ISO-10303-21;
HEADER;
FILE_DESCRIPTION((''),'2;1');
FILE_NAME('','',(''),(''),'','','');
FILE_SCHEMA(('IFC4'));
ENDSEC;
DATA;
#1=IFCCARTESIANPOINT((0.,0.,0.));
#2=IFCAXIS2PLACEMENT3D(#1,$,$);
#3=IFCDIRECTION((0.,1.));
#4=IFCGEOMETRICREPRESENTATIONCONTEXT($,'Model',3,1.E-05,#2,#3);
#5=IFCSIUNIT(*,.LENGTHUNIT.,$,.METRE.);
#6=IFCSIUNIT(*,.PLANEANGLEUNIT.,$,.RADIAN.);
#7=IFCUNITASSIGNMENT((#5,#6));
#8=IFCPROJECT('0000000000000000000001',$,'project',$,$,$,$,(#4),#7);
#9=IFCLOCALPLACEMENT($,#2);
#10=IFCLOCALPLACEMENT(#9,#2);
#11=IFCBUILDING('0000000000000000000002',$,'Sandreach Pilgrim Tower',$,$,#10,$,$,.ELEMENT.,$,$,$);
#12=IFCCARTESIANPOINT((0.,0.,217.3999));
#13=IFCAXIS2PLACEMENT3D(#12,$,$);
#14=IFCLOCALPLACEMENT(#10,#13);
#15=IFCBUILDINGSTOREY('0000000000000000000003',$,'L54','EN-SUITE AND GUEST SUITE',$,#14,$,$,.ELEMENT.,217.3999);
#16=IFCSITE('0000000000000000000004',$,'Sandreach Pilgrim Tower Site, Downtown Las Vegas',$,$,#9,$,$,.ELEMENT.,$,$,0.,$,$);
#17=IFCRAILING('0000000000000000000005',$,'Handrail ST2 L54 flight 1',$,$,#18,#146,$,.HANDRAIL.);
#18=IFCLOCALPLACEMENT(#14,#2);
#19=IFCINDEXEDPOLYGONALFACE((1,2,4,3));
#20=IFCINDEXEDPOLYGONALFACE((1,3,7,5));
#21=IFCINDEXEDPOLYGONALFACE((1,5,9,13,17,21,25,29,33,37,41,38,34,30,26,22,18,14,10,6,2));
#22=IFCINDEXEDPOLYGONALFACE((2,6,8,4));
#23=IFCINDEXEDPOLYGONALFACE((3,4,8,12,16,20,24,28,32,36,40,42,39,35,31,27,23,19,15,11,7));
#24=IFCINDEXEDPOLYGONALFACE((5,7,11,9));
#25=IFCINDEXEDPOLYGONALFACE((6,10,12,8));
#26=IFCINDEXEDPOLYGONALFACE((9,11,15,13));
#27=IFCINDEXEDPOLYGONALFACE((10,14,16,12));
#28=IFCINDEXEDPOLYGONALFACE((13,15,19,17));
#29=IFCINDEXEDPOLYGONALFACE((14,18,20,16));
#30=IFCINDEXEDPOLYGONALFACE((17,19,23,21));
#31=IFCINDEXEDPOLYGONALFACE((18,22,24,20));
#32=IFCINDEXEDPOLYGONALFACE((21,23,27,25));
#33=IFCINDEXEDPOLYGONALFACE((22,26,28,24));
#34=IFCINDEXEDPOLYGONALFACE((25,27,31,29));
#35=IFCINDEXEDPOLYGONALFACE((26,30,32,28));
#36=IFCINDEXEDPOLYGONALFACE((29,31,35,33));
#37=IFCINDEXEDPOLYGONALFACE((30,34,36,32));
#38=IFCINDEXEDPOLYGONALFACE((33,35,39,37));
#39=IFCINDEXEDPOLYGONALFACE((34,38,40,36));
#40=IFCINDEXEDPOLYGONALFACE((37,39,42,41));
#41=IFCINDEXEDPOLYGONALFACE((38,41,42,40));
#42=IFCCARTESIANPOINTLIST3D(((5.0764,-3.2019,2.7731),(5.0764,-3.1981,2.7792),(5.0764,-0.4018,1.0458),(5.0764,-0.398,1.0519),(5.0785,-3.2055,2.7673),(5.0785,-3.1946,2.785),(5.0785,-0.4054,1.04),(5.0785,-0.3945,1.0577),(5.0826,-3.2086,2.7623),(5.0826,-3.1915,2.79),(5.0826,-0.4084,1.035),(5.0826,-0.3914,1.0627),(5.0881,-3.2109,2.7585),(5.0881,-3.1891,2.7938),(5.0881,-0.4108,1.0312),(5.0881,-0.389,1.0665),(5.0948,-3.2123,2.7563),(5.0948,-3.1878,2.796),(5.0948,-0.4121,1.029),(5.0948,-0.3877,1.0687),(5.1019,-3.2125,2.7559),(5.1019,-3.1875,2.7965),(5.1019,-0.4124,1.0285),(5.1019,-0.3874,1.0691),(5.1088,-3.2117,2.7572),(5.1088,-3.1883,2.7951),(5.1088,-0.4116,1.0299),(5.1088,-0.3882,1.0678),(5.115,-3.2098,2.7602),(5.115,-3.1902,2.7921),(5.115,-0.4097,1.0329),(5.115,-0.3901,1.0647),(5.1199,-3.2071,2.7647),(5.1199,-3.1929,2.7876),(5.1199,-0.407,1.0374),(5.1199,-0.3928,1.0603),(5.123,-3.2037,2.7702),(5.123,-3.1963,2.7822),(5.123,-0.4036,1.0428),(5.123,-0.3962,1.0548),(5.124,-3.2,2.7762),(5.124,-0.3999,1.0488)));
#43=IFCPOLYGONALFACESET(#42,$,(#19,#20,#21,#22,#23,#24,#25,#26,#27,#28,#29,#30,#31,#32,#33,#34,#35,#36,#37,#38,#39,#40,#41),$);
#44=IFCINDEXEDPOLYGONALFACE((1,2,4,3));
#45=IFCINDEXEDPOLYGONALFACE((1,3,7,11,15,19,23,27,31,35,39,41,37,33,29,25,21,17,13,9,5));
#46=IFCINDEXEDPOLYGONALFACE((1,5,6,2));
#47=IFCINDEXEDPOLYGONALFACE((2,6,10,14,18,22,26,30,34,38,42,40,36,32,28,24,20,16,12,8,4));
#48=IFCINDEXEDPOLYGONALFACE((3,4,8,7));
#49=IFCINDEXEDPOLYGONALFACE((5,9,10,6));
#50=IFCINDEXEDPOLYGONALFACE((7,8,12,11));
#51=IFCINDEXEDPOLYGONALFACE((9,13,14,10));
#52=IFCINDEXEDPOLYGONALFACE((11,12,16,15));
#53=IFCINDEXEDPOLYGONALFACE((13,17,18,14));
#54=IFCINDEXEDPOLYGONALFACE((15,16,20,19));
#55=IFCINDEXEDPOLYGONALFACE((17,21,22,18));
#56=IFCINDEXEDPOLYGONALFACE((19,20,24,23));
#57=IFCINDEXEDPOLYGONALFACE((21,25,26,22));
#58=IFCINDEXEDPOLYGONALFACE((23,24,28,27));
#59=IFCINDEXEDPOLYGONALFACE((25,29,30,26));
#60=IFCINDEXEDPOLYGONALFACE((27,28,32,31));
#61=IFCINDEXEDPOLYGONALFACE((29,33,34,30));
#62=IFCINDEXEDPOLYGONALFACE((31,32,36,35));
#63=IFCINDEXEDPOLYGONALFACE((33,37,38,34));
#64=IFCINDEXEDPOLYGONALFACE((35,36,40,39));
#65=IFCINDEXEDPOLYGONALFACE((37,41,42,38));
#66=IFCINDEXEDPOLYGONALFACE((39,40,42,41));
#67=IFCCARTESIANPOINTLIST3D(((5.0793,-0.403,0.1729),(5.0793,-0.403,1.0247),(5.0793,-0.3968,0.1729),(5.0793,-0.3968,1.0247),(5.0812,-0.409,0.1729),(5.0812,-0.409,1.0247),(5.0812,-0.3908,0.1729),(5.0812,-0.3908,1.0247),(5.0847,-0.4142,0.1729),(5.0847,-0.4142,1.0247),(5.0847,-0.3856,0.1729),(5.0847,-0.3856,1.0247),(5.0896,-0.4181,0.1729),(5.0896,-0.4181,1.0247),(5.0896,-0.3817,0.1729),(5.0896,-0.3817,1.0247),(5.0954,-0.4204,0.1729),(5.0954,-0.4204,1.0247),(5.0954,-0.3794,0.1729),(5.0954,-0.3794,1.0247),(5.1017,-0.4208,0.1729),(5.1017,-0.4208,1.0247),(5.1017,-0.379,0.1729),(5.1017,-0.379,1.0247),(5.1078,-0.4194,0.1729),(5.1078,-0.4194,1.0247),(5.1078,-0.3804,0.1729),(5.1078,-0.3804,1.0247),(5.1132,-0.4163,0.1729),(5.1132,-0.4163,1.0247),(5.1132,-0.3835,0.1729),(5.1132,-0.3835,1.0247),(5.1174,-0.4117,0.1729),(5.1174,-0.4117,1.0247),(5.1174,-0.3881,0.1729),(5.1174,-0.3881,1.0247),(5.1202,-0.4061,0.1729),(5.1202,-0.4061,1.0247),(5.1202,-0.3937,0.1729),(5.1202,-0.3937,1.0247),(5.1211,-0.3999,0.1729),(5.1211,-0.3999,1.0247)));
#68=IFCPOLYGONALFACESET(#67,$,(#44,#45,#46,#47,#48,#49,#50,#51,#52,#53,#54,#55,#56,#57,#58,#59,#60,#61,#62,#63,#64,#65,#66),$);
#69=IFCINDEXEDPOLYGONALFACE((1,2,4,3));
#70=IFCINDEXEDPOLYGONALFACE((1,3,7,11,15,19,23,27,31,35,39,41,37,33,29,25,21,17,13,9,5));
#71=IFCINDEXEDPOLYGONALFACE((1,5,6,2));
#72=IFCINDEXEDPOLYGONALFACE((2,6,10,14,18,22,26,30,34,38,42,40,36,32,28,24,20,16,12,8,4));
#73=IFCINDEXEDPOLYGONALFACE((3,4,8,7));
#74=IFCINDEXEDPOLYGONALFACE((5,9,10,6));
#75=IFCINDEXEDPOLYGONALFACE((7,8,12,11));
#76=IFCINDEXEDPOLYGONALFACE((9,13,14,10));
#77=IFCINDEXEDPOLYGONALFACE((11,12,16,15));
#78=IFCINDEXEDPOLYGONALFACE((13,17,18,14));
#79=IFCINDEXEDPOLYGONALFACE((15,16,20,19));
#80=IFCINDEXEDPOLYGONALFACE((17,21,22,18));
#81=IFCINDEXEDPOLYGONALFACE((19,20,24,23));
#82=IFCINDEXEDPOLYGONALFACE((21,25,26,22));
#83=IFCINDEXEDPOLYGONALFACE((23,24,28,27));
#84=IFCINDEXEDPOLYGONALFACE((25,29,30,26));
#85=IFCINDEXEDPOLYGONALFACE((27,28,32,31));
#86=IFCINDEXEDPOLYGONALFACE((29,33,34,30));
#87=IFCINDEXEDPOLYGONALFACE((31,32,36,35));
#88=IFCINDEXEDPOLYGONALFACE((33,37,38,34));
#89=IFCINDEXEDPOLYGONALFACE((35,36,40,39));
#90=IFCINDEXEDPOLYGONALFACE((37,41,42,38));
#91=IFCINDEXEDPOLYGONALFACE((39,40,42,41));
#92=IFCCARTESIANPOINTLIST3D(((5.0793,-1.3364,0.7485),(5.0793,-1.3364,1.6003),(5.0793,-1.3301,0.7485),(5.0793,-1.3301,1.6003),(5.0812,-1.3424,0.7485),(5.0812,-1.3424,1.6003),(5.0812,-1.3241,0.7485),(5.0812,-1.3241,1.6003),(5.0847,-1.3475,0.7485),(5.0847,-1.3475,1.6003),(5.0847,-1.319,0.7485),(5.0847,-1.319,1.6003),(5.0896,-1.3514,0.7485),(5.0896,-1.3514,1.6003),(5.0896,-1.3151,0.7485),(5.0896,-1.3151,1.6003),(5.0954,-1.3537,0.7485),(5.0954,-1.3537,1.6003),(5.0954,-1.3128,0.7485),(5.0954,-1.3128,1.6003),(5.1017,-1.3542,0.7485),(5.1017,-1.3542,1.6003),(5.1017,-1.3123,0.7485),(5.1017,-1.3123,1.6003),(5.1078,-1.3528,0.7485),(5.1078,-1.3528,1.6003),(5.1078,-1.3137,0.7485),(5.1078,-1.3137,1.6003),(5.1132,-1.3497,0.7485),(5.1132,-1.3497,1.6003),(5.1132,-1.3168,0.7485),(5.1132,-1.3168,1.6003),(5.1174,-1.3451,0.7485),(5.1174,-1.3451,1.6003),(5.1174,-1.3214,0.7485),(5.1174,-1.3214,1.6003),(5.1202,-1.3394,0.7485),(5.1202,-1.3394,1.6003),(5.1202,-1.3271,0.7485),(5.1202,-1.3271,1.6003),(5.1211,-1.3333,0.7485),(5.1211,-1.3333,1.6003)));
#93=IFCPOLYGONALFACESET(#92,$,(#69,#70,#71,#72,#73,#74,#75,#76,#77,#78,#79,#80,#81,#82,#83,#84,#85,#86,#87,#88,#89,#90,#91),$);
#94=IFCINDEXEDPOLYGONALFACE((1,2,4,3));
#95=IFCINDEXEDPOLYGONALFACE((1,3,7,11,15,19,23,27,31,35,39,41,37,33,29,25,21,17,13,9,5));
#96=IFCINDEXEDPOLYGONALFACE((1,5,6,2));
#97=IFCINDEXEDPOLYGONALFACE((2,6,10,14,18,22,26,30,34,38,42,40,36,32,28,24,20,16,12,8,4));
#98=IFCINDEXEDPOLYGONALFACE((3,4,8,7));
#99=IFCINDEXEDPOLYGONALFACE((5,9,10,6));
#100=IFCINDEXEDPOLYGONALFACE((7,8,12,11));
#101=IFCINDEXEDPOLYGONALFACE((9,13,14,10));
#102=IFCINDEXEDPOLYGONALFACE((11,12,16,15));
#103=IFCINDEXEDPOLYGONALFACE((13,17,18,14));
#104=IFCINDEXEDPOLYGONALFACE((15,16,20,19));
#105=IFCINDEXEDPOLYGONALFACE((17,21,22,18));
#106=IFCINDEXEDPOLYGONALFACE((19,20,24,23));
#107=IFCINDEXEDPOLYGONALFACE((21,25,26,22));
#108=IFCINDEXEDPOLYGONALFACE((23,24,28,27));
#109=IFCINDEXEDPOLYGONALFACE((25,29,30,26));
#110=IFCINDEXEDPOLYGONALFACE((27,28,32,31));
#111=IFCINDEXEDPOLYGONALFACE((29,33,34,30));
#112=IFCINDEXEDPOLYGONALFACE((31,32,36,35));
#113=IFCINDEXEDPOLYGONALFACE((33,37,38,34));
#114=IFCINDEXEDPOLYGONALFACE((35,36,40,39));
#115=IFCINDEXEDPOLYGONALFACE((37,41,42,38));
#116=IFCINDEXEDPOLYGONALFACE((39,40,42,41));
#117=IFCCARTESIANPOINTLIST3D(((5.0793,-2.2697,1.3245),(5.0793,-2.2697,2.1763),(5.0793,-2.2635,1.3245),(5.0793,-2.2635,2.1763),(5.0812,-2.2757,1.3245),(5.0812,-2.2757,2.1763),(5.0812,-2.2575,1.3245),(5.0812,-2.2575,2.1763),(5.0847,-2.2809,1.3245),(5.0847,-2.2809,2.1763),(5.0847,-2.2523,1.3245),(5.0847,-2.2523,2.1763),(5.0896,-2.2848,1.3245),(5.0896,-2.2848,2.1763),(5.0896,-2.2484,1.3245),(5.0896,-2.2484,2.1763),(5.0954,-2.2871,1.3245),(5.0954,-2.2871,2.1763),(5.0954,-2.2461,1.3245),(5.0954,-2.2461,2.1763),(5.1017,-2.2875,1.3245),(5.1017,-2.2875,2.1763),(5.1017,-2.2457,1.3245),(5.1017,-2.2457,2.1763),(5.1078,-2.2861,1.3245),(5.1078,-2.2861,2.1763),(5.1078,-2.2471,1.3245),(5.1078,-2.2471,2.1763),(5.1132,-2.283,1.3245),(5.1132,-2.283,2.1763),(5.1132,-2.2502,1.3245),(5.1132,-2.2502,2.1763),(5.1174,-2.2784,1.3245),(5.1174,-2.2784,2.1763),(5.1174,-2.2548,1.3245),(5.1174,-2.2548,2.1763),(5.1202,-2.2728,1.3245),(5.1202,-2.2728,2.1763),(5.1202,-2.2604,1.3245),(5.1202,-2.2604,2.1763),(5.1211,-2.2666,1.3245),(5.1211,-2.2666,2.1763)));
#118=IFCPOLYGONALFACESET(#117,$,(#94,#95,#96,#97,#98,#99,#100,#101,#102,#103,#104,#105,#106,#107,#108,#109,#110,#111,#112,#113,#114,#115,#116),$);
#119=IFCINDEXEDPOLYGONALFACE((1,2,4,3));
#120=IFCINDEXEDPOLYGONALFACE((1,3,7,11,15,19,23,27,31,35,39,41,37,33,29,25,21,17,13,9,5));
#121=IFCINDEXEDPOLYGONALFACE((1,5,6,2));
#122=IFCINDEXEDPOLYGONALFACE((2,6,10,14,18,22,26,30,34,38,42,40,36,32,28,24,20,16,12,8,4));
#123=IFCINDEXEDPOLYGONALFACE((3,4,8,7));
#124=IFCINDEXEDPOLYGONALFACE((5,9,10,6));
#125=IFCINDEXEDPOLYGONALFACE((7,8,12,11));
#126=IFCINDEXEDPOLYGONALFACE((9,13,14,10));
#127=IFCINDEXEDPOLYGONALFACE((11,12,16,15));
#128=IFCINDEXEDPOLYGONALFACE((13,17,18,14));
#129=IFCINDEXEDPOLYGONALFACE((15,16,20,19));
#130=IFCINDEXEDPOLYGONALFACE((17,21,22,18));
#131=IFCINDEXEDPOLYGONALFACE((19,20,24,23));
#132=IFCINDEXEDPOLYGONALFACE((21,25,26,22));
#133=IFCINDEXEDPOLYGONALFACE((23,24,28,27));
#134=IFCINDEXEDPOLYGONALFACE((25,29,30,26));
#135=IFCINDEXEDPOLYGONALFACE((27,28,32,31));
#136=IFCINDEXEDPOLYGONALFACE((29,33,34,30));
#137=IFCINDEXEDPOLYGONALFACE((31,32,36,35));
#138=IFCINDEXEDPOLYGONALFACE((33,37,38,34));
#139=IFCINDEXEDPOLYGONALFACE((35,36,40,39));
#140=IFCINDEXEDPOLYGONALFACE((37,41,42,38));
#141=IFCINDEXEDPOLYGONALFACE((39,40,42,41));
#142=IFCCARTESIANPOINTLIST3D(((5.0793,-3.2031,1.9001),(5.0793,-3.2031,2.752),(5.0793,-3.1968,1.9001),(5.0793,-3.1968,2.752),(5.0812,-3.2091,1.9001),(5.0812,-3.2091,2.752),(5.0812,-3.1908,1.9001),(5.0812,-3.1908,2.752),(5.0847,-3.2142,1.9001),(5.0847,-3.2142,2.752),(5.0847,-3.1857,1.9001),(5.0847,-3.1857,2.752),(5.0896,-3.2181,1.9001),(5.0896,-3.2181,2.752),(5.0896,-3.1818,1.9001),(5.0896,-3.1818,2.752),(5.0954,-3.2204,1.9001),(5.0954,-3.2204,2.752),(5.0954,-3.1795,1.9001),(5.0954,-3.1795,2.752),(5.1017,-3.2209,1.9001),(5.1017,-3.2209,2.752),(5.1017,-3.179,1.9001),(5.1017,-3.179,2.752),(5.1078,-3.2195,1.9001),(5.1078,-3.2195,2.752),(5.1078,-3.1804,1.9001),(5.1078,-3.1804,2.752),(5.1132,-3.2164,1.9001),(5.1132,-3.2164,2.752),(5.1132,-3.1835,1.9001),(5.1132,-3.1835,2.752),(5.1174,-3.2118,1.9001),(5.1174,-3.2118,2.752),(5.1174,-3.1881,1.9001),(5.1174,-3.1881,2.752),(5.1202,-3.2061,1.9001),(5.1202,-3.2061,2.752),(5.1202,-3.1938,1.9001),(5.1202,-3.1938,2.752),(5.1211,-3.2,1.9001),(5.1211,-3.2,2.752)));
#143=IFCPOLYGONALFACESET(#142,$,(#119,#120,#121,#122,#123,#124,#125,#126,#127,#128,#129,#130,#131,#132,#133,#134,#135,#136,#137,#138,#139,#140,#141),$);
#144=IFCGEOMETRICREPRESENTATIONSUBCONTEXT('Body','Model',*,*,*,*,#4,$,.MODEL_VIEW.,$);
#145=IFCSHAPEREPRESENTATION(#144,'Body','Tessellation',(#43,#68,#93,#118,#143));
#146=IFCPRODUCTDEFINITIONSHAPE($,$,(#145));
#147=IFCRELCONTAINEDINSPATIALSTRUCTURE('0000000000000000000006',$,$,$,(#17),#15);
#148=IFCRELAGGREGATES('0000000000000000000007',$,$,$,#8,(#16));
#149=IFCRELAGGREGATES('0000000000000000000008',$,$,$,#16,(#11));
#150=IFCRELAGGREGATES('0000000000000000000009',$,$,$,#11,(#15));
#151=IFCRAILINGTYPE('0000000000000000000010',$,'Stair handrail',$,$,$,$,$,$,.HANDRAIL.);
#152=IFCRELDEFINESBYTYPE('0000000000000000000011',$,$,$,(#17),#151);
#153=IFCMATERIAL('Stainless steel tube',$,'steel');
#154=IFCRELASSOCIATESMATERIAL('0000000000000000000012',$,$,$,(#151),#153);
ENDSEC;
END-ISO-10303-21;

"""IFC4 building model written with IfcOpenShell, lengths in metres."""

from ifc_helpers import new_model, si_unit, direction, frame, origin, origin_2d, place, context, subcontext, project, spatial, circle, extrude, material, type_object, element, save


model = new_model("IFC4")

# Units and contexts
model_context = context("Model", 3, precision=1e-05, world=origin(), true_north=direction((0.0, 1.0)))
body_context = subcontext(model_context, "Body", "Model", "MODEL_VIEW")
ifc_project = project(units=[si_unit("LENGTHUNIT", "METRE"), si_unit("PLANEANGLEUNIT", "RADIAN")], contexts=[model_context])

# Site, building, storey
site_placement = place(None, origin())
site = spatial("IfcSite", under=ifc_project, at=site_placement, Name="Sandreach Pilgrim Tower Site, Downtown Las Vegas", CompositionType="ELEMENT", RefElevation=0.0)
building_placement = place(site_placement, origin())
building = spatial("IfcBuilding", under=site, at=building_placement, Name="Sandreach Pilgrim Tower", CompositionType="ELEMENT")
storey_placement = place(building_placement, frame((0.0, 0.0, 217.3999)))
storey = spatial("IfcBuildingStorey", under=building, at=storey_placement, Name="L54", Description="EN-SUITE AND GUEST SUITE", CompositionType="ELEMENT", Elevation=217.3999)

# Railing
ifc_material_1 = material(Name="Stainless steel tube", Category="steel")
railing_type = type_object("IfcRailingType", Name="Stair handrail", PredefinedType="HANDRAIL", material=ifc_material_1)
for number, where, name in (
    (1, (5.1001, -0.3999, 0.1729), "Handrail ST2 L54 flight 1"),
):
    element("IfcRailing", number, at=place(storey_placement, frame(where)), inside=storey, type_object=railing_type, Name=name, PredefinedType="HANDRAIL", context=body_context, shape_type="SweptSolid", body=[
        extrude(circle(Radius=0.0239, at=origin_2d()), frame((0.0, 0.0, 0.876), z_axis=(0.0, -0.85109, 0.52502), x_axis=(1.0, 0.0, 0.0)), (0.0, 0.0, 1.0), 3.29),
        extrude(circle(Radius=0.021, at=origin_2d()), origin(), (0.0, 0.0, 1.0), 0.8518),
        extrude(circle(Radius=0.021, at=origin_2d()), frame((0.0, -0.9333, 0.5757)), (0.0, 0.0, 1.0), 0.8518),
        extrude(circle(Radius=0.021, at=origin_2d()), frame((0.0, -1.8667, 1.1516)), (0.0, 0.0, 1.0), 0.8518),
        extrude(circle(Radius=0.021, at=origin_2d()), frame((0.0, -2.8, 1.7273)), (0.0, 0.0, 1.0), 0.8518),
    ])

save(model, "model.ifc")
